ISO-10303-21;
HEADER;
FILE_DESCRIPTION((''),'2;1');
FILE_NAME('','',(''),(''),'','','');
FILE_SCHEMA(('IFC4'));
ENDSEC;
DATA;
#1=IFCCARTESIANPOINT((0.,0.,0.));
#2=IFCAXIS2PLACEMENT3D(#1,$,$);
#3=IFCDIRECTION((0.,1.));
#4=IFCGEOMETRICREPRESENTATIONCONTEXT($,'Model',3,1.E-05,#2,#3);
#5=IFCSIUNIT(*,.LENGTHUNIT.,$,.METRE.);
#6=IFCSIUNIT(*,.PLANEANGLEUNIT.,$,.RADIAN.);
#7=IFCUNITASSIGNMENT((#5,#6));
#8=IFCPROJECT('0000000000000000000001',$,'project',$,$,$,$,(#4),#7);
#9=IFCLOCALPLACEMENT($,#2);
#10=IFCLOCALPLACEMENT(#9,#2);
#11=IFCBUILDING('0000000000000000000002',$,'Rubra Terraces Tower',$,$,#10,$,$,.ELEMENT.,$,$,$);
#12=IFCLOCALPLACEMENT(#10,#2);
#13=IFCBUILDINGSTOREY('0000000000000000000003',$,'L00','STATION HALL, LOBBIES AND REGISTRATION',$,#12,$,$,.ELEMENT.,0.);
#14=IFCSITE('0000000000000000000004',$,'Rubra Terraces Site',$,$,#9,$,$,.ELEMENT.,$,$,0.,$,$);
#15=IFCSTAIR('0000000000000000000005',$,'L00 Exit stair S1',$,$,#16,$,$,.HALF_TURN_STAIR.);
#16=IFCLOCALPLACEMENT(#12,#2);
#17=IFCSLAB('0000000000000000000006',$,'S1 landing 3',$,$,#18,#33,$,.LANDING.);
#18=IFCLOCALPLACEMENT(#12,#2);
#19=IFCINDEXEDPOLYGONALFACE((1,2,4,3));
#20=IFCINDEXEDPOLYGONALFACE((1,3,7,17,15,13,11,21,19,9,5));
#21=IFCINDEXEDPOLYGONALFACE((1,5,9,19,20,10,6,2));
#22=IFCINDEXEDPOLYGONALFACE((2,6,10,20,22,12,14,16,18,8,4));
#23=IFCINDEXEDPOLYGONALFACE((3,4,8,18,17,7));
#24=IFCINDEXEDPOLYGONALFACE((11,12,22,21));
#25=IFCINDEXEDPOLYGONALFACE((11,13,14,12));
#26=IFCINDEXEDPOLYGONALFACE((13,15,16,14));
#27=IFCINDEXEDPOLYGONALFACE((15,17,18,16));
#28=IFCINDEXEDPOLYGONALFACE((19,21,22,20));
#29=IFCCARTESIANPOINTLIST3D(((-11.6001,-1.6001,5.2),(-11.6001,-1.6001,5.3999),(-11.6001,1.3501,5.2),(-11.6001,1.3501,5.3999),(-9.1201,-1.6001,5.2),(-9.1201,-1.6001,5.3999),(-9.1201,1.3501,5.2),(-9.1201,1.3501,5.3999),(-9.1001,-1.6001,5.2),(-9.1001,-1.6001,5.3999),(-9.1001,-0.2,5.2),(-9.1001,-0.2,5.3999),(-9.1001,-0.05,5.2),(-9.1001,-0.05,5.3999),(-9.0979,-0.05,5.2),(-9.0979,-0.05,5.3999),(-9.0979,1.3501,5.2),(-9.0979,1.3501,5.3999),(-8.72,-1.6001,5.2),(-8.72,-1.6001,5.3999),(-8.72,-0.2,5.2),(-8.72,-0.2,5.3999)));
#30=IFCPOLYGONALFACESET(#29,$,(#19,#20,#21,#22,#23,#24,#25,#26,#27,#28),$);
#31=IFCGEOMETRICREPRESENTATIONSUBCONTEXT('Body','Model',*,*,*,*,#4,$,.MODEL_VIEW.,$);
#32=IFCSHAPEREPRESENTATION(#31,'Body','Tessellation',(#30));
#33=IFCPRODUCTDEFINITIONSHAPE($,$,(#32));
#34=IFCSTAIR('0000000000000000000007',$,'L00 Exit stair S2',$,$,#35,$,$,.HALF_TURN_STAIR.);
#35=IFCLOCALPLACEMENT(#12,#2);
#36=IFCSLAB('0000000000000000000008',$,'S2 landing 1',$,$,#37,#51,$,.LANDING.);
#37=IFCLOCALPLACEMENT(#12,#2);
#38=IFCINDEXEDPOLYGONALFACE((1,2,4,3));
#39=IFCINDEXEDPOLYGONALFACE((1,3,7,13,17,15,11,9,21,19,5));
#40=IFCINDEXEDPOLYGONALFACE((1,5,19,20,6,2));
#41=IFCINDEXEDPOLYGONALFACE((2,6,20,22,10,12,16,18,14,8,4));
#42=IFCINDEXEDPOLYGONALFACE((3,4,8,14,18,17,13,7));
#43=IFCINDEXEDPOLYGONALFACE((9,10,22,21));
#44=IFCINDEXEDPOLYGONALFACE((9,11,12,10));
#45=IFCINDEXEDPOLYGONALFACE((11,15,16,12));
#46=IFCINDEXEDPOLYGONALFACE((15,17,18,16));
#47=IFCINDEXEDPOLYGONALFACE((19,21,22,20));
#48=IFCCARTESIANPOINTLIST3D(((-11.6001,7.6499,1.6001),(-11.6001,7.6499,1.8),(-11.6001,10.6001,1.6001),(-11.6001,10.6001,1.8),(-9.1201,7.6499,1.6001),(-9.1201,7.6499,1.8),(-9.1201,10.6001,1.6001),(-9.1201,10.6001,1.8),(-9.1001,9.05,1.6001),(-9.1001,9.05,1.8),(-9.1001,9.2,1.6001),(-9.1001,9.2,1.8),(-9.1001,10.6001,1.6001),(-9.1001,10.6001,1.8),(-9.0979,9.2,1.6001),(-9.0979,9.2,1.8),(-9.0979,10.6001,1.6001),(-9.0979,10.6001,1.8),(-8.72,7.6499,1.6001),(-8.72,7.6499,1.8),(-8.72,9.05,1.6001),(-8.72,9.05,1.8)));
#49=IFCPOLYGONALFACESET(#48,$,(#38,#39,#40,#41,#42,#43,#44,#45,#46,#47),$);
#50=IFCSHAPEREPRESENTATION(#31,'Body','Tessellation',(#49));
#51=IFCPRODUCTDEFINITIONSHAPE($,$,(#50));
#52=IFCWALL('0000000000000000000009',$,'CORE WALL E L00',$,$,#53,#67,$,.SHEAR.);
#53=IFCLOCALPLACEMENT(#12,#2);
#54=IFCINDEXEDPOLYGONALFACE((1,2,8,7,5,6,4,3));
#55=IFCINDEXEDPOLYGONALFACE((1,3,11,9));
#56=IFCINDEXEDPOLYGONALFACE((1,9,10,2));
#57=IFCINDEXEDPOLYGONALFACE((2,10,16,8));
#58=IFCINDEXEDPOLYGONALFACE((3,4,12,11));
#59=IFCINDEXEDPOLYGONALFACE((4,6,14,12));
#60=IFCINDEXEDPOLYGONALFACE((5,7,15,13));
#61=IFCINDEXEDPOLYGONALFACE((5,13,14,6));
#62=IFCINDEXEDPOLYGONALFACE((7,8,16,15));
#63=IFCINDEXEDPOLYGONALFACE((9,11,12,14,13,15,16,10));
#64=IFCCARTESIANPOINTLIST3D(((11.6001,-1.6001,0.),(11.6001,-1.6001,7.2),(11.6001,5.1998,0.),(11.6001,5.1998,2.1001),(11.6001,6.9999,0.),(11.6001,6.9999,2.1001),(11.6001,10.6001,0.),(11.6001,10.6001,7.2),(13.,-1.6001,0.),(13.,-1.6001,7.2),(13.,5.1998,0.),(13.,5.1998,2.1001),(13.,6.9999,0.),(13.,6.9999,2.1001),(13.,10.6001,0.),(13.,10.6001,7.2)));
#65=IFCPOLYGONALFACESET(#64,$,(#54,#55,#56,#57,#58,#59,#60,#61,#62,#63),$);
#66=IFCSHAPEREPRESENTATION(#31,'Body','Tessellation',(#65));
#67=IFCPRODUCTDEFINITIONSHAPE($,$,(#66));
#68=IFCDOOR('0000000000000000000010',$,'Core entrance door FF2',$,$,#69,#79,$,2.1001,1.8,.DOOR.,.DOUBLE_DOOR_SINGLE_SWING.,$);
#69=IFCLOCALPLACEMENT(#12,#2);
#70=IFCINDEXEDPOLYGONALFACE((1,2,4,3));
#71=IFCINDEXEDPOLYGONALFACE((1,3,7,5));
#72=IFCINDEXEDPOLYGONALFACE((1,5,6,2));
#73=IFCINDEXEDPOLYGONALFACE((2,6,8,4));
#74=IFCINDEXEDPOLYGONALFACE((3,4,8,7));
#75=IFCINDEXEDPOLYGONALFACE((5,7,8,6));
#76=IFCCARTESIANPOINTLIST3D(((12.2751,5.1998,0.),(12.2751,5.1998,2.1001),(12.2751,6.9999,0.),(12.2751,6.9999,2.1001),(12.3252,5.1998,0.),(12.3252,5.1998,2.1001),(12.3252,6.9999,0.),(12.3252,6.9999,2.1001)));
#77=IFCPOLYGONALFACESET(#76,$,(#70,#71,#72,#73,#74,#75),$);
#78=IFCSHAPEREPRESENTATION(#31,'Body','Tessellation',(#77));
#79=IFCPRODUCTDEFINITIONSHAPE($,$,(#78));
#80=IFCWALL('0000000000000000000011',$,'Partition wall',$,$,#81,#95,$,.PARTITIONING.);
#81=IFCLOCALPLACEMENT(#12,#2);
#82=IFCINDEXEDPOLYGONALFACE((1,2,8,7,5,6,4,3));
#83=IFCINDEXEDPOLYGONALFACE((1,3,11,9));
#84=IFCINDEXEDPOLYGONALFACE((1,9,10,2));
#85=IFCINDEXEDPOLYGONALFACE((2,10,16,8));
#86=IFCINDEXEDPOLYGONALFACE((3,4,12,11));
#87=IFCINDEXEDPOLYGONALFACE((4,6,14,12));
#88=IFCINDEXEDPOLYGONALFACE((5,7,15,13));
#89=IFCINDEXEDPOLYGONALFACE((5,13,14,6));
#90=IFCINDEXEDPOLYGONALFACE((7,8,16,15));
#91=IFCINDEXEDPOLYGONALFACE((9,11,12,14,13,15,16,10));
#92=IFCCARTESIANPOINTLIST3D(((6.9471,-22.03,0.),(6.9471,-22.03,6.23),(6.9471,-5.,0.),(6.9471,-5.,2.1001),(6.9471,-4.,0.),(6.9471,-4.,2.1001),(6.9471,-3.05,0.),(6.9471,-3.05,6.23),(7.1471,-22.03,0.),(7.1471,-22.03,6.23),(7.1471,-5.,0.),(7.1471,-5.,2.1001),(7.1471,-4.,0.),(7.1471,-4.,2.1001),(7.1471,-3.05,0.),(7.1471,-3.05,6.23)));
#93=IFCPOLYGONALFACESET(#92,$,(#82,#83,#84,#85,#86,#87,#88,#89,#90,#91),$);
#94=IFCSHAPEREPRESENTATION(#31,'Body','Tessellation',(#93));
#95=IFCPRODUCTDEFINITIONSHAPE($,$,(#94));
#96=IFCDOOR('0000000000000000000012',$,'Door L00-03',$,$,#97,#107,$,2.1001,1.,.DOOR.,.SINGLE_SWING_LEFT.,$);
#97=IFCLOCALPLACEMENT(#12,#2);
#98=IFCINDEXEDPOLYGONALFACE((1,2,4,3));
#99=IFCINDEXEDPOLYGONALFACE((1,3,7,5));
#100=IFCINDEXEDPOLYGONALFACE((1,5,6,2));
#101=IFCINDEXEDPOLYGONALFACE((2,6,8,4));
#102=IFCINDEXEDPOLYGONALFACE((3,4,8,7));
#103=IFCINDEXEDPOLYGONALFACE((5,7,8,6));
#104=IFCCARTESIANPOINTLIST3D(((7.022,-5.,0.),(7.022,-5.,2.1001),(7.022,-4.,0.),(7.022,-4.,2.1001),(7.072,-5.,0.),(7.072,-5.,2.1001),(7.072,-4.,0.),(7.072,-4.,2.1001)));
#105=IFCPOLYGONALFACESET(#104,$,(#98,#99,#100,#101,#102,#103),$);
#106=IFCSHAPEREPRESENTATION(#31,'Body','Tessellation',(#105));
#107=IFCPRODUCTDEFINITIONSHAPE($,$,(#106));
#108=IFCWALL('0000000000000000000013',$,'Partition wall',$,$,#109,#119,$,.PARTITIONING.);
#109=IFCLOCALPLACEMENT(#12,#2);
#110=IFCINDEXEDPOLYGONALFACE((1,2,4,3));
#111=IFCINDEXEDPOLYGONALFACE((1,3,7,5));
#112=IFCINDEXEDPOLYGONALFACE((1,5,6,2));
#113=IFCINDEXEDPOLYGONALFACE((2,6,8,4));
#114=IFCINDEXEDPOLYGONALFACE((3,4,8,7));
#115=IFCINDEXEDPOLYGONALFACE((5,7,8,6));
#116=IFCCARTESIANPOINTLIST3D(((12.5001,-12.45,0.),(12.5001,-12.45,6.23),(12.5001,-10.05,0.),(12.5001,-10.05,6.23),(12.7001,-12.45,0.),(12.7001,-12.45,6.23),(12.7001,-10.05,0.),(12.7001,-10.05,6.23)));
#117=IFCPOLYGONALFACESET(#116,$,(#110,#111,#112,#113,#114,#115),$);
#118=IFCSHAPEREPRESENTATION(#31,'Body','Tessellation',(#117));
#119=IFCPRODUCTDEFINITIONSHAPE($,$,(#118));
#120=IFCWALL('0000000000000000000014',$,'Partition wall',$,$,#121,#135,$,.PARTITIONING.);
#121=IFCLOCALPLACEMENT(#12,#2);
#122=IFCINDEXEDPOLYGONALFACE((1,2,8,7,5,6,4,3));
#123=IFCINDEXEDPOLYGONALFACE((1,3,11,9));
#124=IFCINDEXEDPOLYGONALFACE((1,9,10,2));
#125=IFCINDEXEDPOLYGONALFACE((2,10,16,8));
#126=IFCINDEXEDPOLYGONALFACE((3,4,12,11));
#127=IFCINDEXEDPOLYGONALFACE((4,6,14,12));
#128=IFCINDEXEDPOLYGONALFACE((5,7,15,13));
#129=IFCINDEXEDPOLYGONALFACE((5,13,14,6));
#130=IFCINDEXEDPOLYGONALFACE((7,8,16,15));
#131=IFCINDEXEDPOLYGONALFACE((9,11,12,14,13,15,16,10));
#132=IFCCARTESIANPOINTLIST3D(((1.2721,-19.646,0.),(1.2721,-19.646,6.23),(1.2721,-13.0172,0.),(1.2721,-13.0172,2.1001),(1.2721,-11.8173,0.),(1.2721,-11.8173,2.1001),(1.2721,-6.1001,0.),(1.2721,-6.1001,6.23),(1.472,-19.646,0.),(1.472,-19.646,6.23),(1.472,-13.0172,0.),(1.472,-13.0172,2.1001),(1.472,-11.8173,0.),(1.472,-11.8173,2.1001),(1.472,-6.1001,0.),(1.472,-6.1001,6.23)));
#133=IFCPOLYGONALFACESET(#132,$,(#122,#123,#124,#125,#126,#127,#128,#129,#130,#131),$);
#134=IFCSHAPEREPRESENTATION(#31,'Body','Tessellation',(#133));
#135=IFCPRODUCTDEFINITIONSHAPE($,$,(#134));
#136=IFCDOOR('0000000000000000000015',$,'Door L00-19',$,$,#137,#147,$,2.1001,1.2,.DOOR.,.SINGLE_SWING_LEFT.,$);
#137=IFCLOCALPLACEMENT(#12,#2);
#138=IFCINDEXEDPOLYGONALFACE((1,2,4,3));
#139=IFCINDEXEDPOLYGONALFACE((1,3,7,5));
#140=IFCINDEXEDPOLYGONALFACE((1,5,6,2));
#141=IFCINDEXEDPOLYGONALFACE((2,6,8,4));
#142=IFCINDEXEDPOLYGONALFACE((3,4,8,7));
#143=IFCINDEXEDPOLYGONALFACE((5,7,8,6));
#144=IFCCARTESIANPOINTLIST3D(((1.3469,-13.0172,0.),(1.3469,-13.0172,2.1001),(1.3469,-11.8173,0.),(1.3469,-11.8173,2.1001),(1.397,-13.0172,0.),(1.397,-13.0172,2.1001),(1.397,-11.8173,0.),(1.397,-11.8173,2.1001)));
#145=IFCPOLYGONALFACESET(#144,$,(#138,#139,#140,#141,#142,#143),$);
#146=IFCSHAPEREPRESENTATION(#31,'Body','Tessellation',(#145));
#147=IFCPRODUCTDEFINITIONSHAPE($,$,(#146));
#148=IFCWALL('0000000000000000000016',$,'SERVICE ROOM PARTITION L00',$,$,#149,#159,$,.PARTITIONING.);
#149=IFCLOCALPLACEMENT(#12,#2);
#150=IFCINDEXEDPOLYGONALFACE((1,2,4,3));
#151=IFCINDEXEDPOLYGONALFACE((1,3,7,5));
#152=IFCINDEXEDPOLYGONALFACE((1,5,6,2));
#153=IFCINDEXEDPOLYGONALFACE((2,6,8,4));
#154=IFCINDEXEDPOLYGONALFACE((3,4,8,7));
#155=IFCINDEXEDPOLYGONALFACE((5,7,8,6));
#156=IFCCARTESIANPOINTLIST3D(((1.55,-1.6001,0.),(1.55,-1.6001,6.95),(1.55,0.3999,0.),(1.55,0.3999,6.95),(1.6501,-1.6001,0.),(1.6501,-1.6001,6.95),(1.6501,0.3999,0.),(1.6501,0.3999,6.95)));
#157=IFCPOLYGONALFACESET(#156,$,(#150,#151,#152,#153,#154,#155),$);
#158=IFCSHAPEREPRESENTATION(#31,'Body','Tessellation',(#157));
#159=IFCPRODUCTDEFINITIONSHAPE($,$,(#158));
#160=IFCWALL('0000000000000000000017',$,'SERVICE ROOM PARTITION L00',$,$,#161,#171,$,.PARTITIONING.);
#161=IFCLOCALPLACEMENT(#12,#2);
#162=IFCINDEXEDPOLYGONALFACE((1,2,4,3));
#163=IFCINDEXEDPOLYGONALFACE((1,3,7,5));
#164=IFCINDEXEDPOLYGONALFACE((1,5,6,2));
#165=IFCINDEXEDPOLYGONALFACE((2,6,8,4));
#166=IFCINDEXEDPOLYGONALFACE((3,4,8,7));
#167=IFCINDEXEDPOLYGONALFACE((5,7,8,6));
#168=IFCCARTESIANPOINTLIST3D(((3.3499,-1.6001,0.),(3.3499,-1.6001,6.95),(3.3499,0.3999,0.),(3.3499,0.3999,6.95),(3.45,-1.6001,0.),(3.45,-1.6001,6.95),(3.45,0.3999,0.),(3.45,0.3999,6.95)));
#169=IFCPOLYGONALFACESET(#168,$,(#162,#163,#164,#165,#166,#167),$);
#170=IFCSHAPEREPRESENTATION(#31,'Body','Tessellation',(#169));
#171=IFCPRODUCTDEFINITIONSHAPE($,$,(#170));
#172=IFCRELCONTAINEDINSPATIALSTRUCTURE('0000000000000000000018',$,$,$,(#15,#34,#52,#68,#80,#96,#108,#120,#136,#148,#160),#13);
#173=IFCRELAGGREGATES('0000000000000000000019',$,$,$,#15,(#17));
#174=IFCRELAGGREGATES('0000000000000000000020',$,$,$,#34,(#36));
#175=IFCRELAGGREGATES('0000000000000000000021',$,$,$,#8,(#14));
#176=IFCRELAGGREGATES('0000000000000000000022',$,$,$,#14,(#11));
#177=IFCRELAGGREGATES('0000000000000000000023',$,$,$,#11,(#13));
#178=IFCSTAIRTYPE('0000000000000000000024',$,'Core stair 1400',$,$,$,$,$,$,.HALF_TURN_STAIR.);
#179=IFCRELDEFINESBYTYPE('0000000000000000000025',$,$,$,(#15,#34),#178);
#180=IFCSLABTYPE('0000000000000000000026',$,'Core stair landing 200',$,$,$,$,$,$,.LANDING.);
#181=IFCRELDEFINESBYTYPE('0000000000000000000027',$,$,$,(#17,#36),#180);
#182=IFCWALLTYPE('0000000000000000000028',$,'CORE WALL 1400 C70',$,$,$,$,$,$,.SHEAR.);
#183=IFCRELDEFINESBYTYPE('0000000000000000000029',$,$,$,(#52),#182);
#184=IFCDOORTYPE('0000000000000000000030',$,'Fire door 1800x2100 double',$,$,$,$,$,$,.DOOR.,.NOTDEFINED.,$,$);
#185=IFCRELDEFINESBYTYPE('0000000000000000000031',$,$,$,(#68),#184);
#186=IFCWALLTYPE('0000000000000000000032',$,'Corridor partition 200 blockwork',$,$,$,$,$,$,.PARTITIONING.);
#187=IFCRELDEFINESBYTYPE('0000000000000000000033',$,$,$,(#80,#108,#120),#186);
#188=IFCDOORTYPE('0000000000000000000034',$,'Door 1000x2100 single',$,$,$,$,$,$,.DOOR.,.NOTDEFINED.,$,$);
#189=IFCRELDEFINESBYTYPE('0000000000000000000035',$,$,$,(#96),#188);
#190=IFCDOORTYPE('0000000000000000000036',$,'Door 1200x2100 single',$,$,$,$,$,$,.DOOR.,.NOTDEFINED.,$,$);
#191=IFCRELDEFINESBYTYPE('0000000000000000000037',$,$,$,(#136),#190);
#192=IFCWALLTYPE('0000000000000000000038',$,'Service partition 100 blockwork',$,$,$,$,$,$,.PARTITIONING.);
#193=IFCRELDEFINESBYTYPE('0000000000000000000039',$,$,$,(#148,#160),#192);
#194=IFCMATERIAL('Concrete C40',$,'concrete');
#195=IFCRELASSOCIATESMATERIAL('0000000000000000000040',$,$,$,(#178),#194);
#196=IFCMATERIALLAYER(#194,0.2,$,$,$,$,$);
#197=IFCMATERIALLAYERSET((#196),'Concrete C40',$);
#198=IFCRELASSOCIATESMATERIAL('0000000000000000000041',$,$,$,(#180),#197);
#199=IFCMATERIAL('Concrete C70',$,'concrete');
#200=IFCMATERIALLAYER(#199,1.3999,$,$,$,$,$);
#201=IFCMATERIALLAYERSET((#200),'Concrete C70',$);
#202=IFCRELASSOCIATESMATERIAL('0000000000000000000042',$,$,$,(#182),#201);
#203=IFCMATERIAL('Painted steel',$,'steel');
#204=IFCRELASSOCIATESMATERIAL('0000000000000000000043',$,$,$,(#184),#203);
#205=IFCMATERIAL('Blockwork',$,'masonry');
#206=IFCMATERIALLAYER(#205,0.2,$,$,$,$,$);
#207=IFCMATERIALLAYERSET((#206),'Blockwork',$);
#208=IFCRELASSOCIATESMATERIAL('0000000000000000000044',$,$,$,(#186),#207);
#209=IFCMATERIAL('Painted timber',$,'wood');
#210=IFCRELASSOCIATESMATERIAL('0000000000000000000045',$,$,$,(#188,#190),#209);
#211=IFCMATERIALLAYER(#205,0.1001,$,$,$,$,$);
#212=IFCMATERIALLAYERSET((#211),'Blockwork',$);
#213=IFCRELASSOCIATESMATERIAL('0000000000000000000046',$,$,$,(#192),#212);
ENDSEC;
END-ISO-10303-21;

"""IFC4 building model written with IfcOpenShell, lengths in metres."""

from ifc_helpers import new_model, si_unit, direction, frame, frame_2d, origin, place, context, subcontext, project, spatial, polyline, rectangle, outline, extrude, material, layer, layer_set, type_object, element, fill, aggregate, save


model = new_model("IFC4")

# Units and contexts
model_context = context("Model", 3, precision=1e-05, world=origin(), true_north=direction((0.0, 1.0)))
body_context = subcontext(model_context, "Body", "Model", "MODEL_VIEW")
ifc_project = project(units=[si_unit("LENGTHUNIT", "METRE"), si_unit("PLANEANGLEUNIT", "RADIAN")], contexts=[model_context])

# Site, building, storey
site_placement = place(None, origin())
site = spatial("IfcSite", under=ifc_project, at=site_placement, Name="Rubra Terraces Site", CompositionType="ELEMENT", RefElevation=0.0)
building_placement = place(site_placement, origin())
building = spatial("IfcBuilding", under=site, at=building_placement, Name="Rubra Terraces Tower", CompositionType="ELEMENT")
storey_placement = place(building_placement, origin())
storey = spatial("IfcBuildingStorey", under=building, at=storey_placement, Name="L00", Description="STATION HALL, LOBBIES AND REGISTRATION", CompositionType="ELEMENT", Elevation=0.0)

# Stairs, slabs
ifc_material_1 = material(Name="Concrete C40", Category="concrete")
stair_type = type_object("IfcStairType", Name="Core stair 1400", PredefinedType="HALF_TURN_STAIR", material=ifc_material_1)
stair_1_placement = place(storey_placement, origin())
stair_1 = element("IfcStair", 1, at=stair_1_placement, inside=storey, type_object=stair_type, Name="L00 Exit stair S1", PredefinedType="HALF_TURN_STAIR")
ifc_layer_1 = layer(ifc_material_1, 0.2)
ifc_layer_set_1 = layer_set([ifc_layer_1], Name="Concrete C40")
slab_type = type_object("IfcSlabType", Name="Core stair landing 200", PredefinedType="LANDING", material=ifc_layer_set_1)
slab_1_placement = place(storey_placement, frame((0.0, 0.0, 5.2)))
slab_1 = element("IfcSlab", 2, at=slab_1_placement, type_object=slab_type, Name="S1 landing 3", PredefinedType="LANDING", context=body_context, shape_type="SweptSolid", body=[
    extrude(outline(polyline([(-8.72, -0.2), (-8.72, -1.6001), (-9.1001, -1.6001), (-9.1201, -1.6001), (-11.6001, -1.6001), (-11.6001, 1.3501), (-9.1201, 1.3501), (-9.0979, 1.3501), (-9.0979, -0.05), (-9.1001, -0.05), (-9.1001, -0.2), (-8.72, -0.2)])), origin(), (0.0, 0.0, 1.0), 0.2),
])
aggregate(stair_1, [slab_1])
stair_2_placement = place(storey_placement, origin())
stair_2 = element("IfcStair", 3, at=stair_2_placement, inside=storey, type_object=stair_type, Name="L00 Exit stair S2", PredefinedType="HALF_TURN_STAIR")
slab_2_placement = place(storey_placement, frame((0.0, 0.0, 1.6001)))
slab_2 = element("IfcSlab", 4, at=slab_2_placement, type_object=slab_type, Name="S2 landing 1", PredefinedType="LANDING", context=body_context, shape_type="SweptSolid", body=[
    extrude(outline(polyline([(-8.72, 9.05), (-8.72, 7.6499), (-9.1201, 7.6499), (-11.6001, 7.6499), (-11.6001, 10.6001), (-9.1201, 10.6001), (-9.1001, 10.6001), (-9.0979, 10.6001), (-9.0979, 9.2), (-9.1001, 9.2), (-9.1001, 9.05), (-8.72, 9.05)])), origin(), (0.0, 0.0, 1.0), 0.2),
])
aggregate(stair_2, [slab_2])

# Walls, openings, doors
ifc_material_2 = material(Name="Concrete C70", Category="concrete")
ifc_layer_2 = layer(ifc_material_2, 1.3999)
ifc_layer_set_2 = layer_set([ifc_layer_2], Name="Concrete C70")
wall_type_1 = type_object("IfcWallType", Name="CORE WALL 1400 C70", PredefinedType="SHEAR", material=ifc_layer_set_2)
wall_1_placement = place(storey_placement, frame((12.3, -1.6001, 0.0), z_axis=(0.0, 0.0, 1.0), x_axis=(0.0, 1.0, 0.0)))
wall_1 = element("IfcWall", 5, at=wall_1_placement, inside=storey, type_object=wall_type_1, Name="CORE WALL E L00", PredefinedType="SHEAR", context=body_context, shape_type="SweptSolid", body=[
    extrude(rectangle(XDim=12.2002, YDim=1.3999, at=frame_2d((6.1001, 0.0))), origin(), (0.0, 0.0, 1.0), 7.2),
])
opening_1_placement = place(wall_1_placement, frame((6.8, 0.0, 0.0)))
opening_1 = element("IfcOpeningElement", 6, at=opening_1_placement, cuts=wall_1, PredefinedType="OPENING", context=body_context, shape_type="SweptSolid", body=[
    extrude(rectangle(XDim=1.8, YDim=2.1001, at=frame_2d((0.8999, 1.05))), frame((0.0, 0.71, 0.0), z_axis=(0.0, -1.0, 0.0), x_axis=(1.0, 0.0, 0.0)), (0.0, 0.0, 1.0), 1.4199),
])
ifc_material_3 = material(Name="Painted steel", Category="steel")
door_type_1 = type_object("IfcDoorType", Name="Fire door 1800x2100 double", OperationType="NOTDEFINED", PredefinedType="DOOR", material=ifc_material_3)
door_1_placement = place(opening_1_placement, origin())
door_1 = element("IfcDoor", 7, at=door_1_placement, inside=storey, type_object=door_type_1, Name="Core entrance door FF2", OperationType="DOUBLE_DOOR_SINGLE_SWING", OverallHeight=2.1001, OverallWidth=1.8, PredefinedType="DOOR", context=body_context, shape_type="SweptSolid", body=[
    extrude(rectangle(XDim=1.8, YDim=2.1001, at=frame_2d((0.8999, 1.05))), frame((0.0, 0.0249, 0.0), z_axis=(0.0, -1.0, 0.0), x_axis=(1.0, 0.0, 0.0)), (0.0, 0.0, 1.0), 0.05),
])
fill(opening_1, door_1)
ifc_material_4 = material(Name="Blockwork", Category="masonry")
ifc_layer_3 = layer(ifc_material_4, 0.2)
ifc_layer_set_3 = layer_set([ifc_layer_3], Name="Blockwork")
wall_type_2 = type_object("IfcWallType", Name="Corridor partition 200 blockwork", PredefinedType="PARTITIONING", material=ifc_layer_set_3)
wall_2_placement = place(storey_placement, frame((7.0471, -3.05, 0.0), z_axis=(0.0, 0.0, 1.0), x_axis=(0.0, -1.0, 0.0)))
wall_2 = element("IfcWall", 8, at=wall_2_placement, inside=storey, type_object=wall_type_2, Name="Partition wall", PredefinedType="PARTITIONING", context=body_context, shape_type="SweptSolid", body=[
    extrude(rectangle(XDim=18.98, YDim=0.2, at=frame_2d((9.49, 0.0))), origin(), (0.0, 0.0, 1.0), 6.23),
])
opening_2_placement = place(wall_2_placement, frame((0.95, 0.0, 0.0)))
opening_2 = element("IfcOpeningElement", 9, at=opening_2_placement, cuts=wall_2, PredefinedType="OPENING", context=body_context, shape_type="SweptSolid", body=[
    extrude(rectangle(XDim=1.0, YDim=2.1001, at=frame_2d((0.5, 1.05))), frame((0.0, 0.1099, 0.0), z_axis=(0.0, -1.0, 0.0), x_axis=(1.0, 0.0, 0.0)), (0.0, 0.0, 1.0), 0.22),
])
ifc_material_5 = material(Name="Painted timber", Category="wood")
door_type_2 = type_object("IfcDoorType", Name="Door 1000x2100 single", OperationType="NOTDEFINED", PredefinedType="DOOR", material=ifc_material_5)
door_2_placement = place(opening_2_placement, origin())
door_2 = element("IfcDoor", 10, at=door_2_placement, inside=storey, type_object=door_type_2, Name="Door L00-03", OperationType="SINGLE_SWING_LEFT", OverallHeight=2.1001, OverallWidth=1.0, PredefinedType="DOOR", context=body_context, shape_type="SweptSolid", body=[
    extrude(rectangle(XDim=1.0, YDim=2.1001, at=frame_2d((0.5, 1.05))), frame((0.0, 0.0249, 0.0), z_axis=(0.0, -1.0, 0.0), x_axis=(1.0, 0.0, 0.0)), (0.0, 0.0, 1.0), 0.05),
])
fill(opening_2, door_2)

# Wall
wall_3_placement = place(storey_placement, frame((12.6001, -12.45, 0.0), z_axis=(0.0, 0.0, 1.0), x_axis=(0.0, 1.0, 0.0)))
element("IfcWall", 11, at=wall_3_placement, inside=storey, type_object=wall_type_2, Name="Partition wall", PredefinedType="PARTITIONING", context=body_context, shape_type="SweptSolid", body=[
    extrude(rectangle(XDim=2.3999, YDim=0.2, at=frame_2d((1.2, 0.0))), origin(), (0.0, 0.0, 1.0), 6.23),
])

# Wall, opening, door
wall_4_placement = place(storey_placement, frame((1.3721, -6.1001, 0.0), z_axis=(0.0, 0.0, 1.0), x_axis=(0.0, -1.0, 0.0)))
wall_4 = element("IfcWall", 12, at=wall_4_placement, inside=storey, type_object=wall_type_2, Name="Partition wall", PredefinedType="PARTITIONING", context=body_context, shape_type="SweptSolid", body=[
    extrude(rectangle(XDim=13.5459, YDim=0.2, at=frame_2d((6.7729, 0.0))), origin(), (0.0, 0.0, 1.0), 6.23),
])
opening_3_placement = place(wall_4_placement, frame((5.717, 0.0, 0.0)))
opening_3 = element("IfcOpeningElement", 13, at=opening_3_placement, cuts=wall_4, PredefinedType="OPENING", context=body_context, shape_type="SweptSolid", body=[
    extrude(rectangle(XDim=1.2, YDim=2.1001, at=frame_2d((0.6001, 1.05))), frame((0.0, 0.1099, 0.0), z_axis=(0.0, -1.0, 0.0), x_axis=(1.0, 0.0, 0.0)), (0.0, 0.0, 1.0), 0.22),
])
door_type_3 = type_object("IfcDoorType", Name="Door 1200x2100 single", OperationType="NOTDEFINED", PredefinedType="DOOR", material=ifc_material_5)
door_3_placement = place(opening_3_placement, origin())
door_3 = element("IfcDoor", 14, at=door_3_placement, inside=storey, type_object=door_type_3, Name="Door L00-19", OperationType="SINGLE_SWING_LEFT", OverallHeight=2.1001, OverallWidth=1.2, PredefinedType="DOOR", context=body_context, shape_type="SweptSolid", body=[
    extrude(rectangle(XDim=1.2, YDim=2.1001, at=frame_2d((0.6001, 1.05))), frame((0.0, 0.0249, 0.0), z_axis=(0.0, -1.0, 0.0), x_axis=(1.0, 0.0, 0.0)), (0.0, 0.0, 1.0), 0.05),
])
fill(opening_3, door_3)

# Walls
ifc_layer_4 = layer(ifc_material_4, 0.1001)
ifc_layer_set_4 = layer_set([ifc_layer_4], Name="Blockwork")
wall_type_3 = type_object("IfcWallType", Name="Service partition 100 blockwork", PredefinedType="PARTITIONING", material=ifc_layer_set_4)
for number, where, z_axis, x_axis, name in (
    (15, (1.6001, -1.6001, 0.0), (0.0, 0.0, 1.0), (0.0, 1.0, 0.0), "SERVICE ROOM PARTITION L00"),
    (16, (3.3999, -1.6001, 0.0), (0.0, 0.0, 1.0), (0.0, 1.0, 0.0), "SERVICE ROOM PARTITION L00"),
):
    element("IfcWall", number, at=place(storey_placement, frame(where, z_axis=z_axis, x_axis=x_axis)), inside=storey, type_object=wall_type_3, Name=name, PredefinedType="PARTITIONING", context=body_context, shape_type="SweptSolid", body=[
        extrude(rectangle(XDim=2.0, YDim=0.1001, at=frame_2d((1.0, 0.0))), origin(), (0.0, 0.0, 1.0), 6.95),
    ])

save(model, "model.ifc")
